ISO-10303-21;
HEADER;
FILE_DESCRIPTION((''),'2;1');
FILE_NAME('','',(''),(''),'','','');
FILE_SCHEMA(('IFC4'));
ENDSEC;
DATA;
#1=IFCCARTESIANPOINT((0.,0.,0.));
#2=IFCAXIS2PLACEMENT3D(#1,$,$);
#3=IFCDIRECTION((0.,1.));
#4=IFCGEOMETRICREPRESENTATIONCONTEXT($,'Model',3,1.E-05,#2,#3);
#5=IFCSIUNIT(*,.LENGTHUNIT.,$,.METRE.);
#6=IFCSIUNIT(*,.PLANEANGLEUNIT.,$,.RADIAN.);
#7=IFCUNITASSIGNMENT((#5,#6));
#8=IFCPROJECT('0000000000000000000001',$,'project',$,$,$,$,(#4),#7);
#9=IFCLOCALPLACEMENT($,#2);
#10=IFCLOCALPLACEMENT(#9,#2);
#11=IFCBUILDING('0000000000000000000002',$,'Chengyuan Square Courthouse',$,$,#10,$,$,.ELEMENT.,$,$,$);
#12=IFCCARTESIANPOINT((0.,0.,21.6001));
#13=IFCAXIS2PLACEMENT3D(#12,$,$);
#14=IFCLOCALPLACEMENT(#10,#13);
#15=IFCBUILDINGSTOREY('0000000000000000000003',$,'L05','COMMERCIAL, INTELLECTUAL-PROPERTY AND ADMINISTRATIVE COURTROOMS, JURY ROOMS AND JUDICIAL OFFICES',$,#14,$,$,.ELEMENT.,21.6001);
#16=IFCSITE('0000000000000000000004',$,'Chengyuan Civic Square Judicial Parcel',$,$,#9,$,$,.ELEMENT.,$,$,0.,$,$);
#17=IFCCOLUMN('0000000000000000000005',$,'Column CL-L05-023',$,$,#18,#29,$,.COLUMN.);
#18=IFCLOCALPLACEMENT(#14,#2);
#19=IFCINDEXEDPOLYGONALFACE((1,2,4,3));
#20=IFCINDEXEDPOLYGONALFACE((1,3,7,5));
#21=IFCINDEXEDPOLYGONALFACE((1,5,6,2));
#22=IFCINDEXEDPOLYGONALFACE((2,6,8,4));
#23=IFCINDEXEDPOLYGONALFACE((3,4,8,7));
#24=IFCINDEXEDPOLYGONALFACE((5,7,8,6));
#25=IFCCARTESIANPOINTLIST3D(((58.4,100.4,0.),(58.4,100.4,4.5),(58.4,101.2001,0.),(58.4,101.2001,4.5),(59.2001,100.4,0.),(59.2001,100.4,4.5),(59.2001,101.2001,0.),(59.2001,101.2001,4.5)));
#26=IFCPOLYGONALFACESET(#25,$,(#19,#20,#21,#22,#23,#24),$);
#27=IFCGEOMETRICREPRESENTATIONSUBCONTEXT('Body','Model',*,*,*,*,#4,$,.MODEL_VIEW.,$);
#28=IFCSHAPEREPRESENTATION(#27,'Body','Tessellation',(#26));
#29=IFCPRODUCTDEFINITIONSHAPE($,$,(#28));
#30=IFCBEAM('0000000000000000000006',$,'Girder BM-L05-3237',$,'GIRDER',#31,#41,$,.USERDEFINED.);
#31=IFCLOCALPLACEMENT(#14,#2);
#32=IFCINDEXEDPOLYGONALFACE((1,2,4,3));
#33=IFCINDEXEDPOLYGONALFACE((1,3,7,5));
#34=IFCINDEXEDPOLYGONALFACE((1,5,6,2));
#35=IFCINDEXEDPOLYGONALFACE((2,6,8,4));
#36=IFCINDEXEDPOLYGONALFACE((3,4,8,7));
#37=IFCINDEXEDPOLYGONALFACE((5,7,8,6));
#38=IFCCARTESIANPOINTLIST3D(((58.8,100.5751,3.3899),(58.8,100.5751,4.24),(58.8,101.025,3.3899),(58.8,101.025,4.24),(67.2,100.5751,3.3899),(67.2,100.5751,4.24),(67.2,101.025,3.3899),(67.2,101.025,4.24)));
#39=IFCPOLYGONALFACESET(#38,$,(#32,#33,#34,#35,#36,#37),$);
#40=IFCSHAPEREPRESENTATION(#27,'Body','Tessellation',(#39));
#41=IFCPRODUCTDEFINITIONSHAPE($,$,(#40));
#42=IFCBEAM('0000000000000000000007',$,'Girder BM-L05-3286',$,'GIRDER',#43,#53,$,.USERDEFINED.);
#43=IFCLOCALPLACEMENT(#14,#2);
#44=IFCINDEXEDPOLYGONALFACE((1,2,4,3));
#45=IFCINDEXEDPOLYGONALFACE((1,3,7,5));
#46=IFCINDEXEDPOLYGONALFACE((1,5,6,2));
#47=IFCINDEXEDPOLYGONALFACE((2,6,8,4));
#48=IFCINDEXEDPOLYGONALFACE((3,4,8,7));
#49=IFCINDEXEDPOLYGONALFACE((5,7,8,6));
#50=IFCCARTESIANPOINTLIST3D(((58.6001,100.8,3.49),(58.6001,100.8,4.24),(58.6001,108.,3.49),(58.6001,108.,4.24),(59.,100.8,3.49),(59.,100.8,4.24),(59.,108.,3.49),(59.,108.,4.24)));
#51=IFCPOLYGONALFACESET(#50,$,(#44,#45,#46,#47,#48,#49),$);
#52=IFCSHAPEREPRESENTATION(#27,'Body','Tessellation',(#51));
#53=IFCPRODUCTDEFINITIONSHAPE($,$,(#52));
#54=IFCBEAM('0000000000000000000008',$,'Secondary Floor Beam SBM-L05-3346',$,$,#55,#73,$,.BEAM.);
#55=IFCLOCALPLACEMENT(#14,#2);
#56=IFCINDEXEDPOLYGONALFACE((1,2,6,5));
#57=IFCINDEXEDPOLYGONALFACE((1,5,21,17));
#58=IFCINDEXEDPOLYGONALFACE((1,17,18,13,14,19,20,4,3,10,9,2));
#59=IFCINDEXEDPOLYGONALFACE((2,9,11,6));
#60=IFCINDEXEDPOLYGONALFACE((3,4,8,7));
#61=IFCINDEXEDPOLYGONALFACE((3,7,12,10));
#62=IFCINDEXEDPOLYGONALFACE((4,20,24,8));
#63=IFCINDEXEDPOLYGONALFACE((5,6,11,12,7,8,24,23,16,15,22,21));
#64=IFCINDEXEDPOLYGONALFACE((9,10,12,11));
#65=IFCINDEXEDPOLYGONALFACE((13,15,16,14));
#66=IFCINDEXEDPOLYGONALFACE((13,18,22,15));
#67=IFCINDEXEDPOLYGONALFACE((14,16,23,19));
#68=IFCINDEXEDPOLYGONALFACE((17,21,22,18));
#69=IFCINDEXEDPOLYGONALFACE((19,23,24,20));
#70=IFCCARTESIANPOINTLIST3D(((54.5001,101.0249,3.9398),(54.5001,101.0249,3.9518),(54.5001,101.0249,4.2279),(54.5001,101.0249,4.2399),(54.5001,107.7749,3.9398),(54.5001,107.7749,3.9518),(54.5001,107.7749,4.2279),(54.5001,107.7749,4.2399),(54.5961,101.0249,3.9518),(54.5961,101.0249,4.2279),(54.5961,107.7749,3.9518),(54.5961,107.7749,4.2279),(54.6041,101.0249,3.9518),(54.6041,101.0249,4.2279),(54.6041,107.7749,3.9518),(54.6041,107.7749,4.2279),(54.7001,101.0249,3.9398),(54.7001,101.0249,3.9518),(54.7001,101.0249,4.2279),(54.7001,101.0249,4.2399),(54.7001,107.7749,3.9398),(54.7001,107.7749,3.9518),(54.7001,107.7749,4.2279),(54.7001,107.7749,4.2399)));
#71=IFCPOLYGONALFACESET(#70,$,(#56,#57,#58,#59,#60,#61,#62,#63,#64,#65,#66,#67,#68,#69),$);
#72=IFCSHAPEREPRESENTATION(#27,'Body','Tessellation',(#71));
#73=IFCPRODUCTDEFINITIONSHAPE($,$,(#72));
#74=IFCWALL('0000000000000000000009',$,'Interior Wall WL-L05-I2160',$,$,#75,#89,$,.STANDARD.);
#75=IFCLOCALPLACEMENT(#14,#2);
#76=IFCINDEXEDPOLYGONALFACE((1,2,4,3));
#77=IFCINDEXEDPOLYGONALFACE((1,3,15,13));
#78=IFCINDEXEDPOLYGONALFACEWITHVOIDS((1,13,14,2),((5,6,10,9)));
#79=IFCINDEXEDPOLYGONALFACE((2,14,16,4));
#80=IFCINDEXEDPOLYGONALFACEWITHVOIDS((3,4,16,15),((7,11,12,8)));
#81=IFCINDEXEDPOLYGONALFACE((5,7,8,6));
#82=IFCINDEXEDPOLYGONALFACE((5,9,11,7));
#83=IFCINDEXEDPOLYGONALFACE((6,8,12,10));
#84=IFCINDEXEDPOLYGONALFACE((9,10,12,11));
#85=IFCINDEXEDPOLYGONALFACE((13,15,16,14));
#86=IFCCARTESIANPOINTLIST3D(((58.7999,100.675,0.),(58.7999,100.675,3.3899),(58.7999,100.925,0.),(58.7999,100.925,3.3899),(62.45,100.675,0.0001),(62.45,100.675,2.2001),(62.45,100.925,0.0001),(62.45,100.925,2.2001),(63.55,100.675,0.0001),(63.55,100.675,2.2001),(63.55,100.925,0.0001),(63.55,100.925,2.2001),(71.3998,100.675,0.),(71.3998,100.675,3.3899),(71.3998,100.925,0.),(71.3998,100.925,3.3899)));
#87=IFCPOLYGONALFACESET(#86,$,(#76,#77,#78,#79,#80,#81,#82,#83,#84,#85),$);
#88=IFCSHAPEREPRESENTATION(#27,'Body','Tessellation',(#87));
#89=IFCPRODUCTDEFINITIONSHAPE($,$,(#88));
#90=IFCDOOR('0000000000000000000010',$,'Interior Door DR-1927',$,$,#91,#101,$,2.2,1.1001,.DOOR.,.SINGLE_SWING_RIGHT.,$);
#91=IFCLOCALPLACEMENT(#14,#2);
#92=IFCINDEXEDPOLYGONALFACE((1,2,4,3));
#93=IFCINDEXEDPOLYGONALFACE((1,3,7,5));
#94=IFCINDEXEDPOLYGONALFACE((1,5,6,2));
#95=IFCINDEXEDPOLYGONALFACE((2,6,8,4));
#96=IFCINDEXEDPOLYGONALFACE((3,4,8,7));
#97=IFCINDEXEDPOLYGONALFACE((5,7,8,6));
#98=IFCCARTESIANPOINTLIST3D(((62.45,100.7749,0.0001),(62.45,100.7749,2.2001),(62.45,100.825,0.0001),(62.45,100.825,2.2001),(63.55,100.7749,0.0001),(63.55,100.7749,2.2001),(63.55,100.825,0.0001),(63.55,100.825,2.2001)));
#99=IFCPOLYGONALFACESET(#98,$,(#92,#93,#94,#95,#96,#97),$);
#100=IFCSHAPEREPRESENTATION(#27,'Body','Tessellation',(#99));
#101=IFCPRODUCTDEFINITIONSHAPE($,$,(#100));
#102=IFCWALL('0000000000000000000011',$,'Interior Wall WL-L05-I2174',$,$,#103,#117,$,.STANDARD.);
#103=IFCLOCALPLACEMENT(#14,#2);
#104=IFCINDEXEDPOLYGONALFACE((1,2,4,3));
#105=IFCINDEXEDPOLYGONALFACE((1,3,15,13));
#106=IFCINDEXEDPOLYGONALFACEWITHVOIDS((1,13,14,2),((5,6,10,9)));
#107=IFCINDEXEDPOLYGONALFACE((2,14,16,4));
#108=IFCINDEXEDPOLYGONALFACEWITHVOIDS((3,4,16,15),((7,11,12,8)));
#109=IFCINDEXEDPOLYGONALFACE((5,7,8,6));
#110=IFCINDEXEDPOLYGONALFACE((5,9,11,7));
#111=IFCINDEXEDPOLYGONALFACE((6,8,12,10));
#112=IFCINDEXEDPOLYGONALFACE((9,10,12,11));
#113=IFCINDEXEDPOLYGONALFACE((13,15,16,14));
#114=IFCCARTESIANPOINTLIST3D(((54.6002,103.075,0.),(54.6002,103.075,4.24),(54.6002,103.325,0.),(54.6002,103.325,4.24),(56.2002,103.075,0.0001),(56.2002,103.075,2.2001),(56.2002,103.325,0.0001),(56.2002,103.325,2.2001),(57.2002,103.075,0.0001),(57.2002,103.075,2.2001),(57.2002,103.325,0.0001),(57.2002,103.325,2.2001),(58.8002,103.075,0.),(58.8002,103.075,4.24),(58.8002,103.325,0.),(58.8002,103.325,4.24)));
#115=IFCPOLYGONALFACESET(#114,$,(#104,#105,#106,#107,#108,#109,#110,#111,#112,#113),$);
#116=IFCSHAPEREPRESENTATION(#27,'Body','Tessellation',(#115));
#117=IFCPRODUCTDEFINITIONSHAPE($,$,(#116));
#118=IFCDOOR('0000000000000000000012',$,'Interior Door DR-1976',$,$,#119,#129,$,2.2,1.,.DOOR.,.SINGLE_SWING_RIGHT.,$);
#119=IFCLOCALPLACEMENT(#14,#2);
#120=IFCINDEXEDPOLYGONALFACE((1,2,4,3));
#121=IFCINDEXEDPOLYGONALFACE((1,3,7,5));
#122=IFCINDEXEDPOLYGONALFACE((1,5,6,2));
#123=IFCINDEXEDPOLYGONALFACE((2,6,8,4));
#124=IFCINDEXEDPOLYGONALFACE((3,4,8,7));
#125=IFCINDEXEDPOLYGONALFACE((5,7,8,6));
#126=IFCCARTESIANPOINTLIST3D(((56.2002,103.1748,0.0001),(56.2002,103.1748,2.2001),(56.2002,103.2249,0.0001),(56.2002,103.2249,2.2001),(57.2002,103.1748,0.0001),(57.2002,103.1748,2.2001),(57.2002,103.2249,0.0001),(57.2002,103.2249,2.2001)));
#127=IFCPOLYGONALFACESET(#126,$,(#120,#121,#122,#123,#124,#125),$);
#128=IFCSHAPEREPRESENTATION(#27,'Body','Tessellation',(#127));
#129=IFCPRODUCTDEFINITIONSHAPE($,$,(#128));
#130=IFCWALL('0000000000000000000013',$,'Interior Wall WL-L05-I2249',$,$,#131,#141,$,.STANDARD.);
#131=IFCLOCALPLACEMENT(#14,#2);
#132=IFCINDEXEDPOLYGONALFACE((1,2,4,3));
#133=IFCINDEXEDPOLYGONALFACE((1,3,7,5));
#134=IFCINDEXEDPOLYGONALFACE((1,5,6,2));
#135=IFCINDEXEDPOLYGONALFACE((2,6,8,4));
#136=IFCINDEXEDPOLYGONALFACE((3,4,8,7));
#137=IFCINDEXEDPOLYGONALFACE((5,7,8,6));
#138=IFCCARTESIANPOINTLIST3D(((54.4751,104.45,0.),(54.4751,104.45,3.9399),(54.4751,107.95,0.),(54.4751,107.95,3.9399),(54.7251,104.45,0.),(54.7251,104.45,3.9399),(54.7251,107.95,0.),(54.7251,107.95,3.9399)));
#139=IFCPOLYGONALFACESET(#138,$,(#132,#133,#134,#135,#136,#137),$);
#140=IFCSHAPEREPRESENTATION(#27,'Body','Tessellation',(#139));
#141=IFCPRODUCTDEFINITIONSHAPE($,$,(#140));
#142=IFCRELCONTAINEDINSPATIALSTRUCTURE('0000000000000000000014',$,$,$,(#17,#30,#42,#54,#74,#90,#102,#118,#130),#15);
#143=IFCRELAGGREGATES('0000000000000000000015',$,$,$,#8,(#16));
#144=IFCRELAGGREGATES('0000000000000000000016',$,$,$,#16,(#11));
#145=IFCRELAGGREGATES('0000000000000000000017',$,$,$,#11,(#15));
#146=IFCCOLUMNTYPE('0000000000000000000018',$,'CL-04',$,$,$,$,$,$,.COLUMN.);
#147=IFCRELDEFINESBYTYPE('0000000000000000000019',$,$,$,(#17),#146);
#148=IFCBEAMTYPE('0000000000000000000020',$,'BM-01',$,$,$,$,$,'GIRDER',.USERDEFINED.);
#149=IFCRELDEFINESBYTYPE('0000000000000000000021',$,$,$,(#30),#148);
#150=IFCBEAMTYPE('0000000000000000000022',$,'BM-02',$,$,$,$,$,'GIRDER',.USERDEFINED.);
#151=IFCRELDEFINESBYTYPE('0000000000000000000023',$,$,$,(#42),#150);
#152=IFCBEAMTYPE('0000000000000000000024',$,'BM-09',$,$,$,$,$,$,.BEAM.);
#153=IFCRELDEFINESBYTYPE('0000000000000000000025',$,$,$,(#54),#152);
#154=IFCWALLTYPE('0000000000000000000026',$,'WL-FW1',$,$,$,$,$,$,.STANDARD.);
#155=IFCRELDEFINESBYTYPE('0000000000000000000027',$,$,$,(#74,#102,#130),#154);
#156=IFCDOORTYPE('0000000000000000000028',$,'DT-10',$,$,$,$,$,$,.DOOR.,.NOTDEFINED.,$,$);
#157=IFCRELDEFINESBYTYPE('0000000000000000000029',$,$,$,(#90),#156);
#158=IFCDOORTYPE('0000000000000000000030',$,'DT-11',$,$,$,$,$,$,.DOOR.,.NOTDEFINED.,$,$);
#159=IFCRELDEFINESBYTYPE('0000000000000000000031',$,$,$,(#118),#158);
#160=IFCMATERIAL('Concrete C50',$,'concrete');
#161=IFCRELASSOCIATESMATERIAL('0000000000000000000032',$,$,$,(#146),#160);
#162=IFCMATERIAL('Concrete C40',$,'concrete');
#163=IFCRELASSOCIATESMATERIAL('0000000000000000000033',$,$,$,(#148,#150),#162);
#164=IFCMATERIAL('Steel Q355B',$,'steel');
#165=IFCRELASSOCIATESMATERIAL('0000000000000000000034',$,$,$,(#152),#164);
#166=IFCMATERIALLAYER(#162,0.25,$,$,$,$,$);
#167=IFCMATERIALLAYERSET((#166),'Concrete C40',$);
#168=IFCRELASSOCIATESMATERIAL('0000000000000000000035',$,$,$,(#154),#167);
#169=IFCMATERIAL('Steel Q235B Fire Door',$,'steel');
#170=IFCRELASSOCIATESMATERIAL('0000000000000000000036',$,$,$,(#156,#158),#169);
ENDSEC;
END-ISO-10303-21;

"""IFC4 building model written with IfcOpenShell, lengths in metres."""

from ifc_helpers import new_model, si_unit, direction, frame, frame_2d, origin, origin_2d, place, context, subcontext, project, spatial, rectangle, i_section, extrude, material, layer, layer_set, material_profile, profile_set, type_object, element, fill, save


model = new_model("IFC4")

# Units and contexts
model_context = context("Model", 3, precision=1e-05, world=origin(), true_north=direction((0.0, 1.0)))
body_context = subcontext(model_context, "Body", "Model", "MODEL_VIEW")
ifc_project = project(units=[si_unit("LENGTHUNIT", "METRE"), si_unit("PLANEANGLEUNIT", "RADIAN")], contexts=[model_context])

# Site, building, storey
site_placement = place(None, origin())
site = spatial("IfcSite", under=ifc_project, at=site_placement, Name="Chengyuan Civic Square Judicial Parcel", CompositionType="ELEMENT", RefElevation=0.0)
building_placement = place(site_placement, origin())
building = spatial("IfcBuilding", under=site, at=building_placement, Name="Chengyuan Square Courthouse", CompositionType="ELEMENT")
storey_placement = place(building_placement, frame((0.0, 0.0, 21.6001)))
storey = spatial("IfcBuildingStorey", under=building, at=storey_placement, Name="L05", Description="COMMERCIAL, INTELLECTUAL-PROPERTY AND ADMINISTRATIVE COURTROOMS, JURY ROOMS AND JUDICIAL OFFICES", CompositionType="ELEMENT", Elevation=21.6001)

# Column
ifc_material_1 = material(Name="Concrete C50", Category="concrete")
ifc_material_profile_1 = material_profile(ifc_material_1, rectangle(XDim=0.8, YDim=0.8, at=origin_2d()), Name="RC-COL-800x800")
ifc_profile_set_1 = profile_set([ifc_material_profile_1], Name="Concrete C50")
column_type = type_object("IfcColumnType", Name="CL-04", PredefinedType="COLUMN", material=ifc_profile_set_1)
column_placement = place(storey_placement, frame((58.8, 100.8, 0.0), z_axis=(0.0, 0.0, 1.0), x_axis=(1.0, 0.0, 0.0)))
element("IfcColumn", 1, at=column_placement, inside=storey, type_object=column_type, Name="Column CL-L05-023", PredefinedType="COLUMN", context=body_context, shape_type="SweptSolid", body=[
    extrude(rectangle(XDim=0.8, YDim=0.8, at=origin_2d()), origin(), (0.0, 0.0, 1.0), 4.5),
])

# Beams
ifc_material_2 = material(Name="Concrete C40", Category="concrete")
ifc_material_profile_2 = material_profile(ifc_material_2, rectangle(XDim=0.45, YDim=0.8501, at=origin_2d()), Name="RC-BM-450x850")
ifc_profile_set_2 = profile_set([ifc_material_profile_2], Name="Concrete C40")
beam_type_1 = type_object("IfcBeamType", Name="BM-01", ElementType="GIRDER", PredefinedType="USERDEFINED", material=ifc_profile_set_2)
beam_1_placement = place(storey_placement, frame((58.8, 100.8, 3.8149), z_axis=(1.0, 0.0, 0.0), x_axis=(0.0, 1.0, 0.0)))
element("IfcBeam", 2, at=beam_1_placement, inside=storey, type_object=beam_type_1, Name="Girder BM-L05-3237", ObjectType="GIRDER", PredefinedType="USERDEFINED", context=body_context, shape_type="SweptSolid", body=[
    extrude(rectangle(XDim=0.45, YDim=0.8501, at=origin_2d()), origin(), (0.0, 0.0, 1.0), 8.3999),
])
ifc_material_profile_3 = material_profile(ifc_material_2, rectangle(XDim=0.3999, YDim=0.75, at=origin_2d()), Name="RC-BM-400x750")
ifc_profile_set_3 = profile_set([ifc_material_profile_3], Name="Concrete C40")
beam_type_2 = type_object("IfcBeamType", Name="BM-02", ElementType="GIRDER", PredefinedType="USERDEFINED", material=ifc_profile_set_3)
beam_2_placement = place(storey_placement, frame((58.8, 100.8, 3.865), z_axis=(0.0, 1.0, 0.0), x_axis=(-1.0, 0.0, 0.0)))
element("IfcBeam", 3, at=beam_2_placement, inside=storey, type_object=beam_type_2, Name="Girder BM-L05-3286", ObjectType="GIRDER", PredefinedType="USERDEFINED", context=body_context, shape_type="SweptSolid", body=[
    extrude(rectangle(XDim=0.3999, YDim=0.75, at=origin_2d()), origin(), (0.0, 0.0, 1.0), 7.2),
])
ifc_material_3 = material(Name="Steel Q355B", Category="steel")
ifc_material_profile_4 = material_profile(ifc_material_3, i_section(OverallWidth=0.2, OverallDepth=0.3, WebThickness=0.0081, FlangeThickness=0.012, at=origin_2d()), Name="HM 300x200x8x12")
ifc_profile_set_4 = profile_set([ifc_material_profile_4], Name="Steel Q355B")
beam_type_3 = type_object("IfcBeamType", Name="BM-09", PredefinedType="BEAM", material=ifc_profile_set_4)
beam_3_placement = place(storey_placement, frame((54.6001, 101.0249, 4.0898), z_axis=(0.0, 1.0, 0.0), x_axis=(-1.0, 0.0, 0.0)))
element("IfcBeam", 4, at=beam_3_placement, inside=storey, type_object=beam_type_3, Name="Secondary Floor Beam SBM-L05-3346", PredefinedType="BEAM", context=body_context, shape_type="SweptSolid", body=[
    extrude(i_section(OverallWidth=0.2, OverallDepth=0.3, WebThickness=0.0081, FlangeThickness=0.012, at=origin_2d()), origin(), (0.0, 0.0, 1.0), 6.75),
])

# Walls, openings, doors
ifc_layer_1 = layer(ifc_material_2, 0.25)
ifc_layer_set_1 = layer_set([ifc_layer_1], Name="Concrete C40")
wall_type_1 = type_object("IfcWallType", Name="WL-FW1", PredefinedType="STANDARD", material=ifc_layer_set_1)
wall_1_placement = place(storey_placement, frame((58.8, 100.8, 0.0), z_axis=(0.0, 0.0, 1.0), x_axis=(1.0, 0.0, 0.0)))
wall_1 = element("IfcWall", 5, at=wall_1_placement, inside=storey, type_object=wall_type_1, Name="Interior Wall WL-L05-I2160", PredefinedType="STANDARD", context=body_context, shape_type="SweptSolid", body=[
    extrude(rectangle(XDim=12.5999, YDim=0.25, at=frame_2d((6.2998, 0.0))), origin(), (0.0, 0.0, 1.0), 3.3899),
])
opening_1_placement = place(wall_1_placement, frame((3.6499, 0.0, 0.0)))
opening_1 = element("IfcOpeningElement", 6, at=opening_1_placement, cuts=wall_1, PredefinedType="OPENING", context=body_context, shape_type="SweptSolid", body=[
    extrude(rectangle(XDim=1.1001, YDim=2.2, at=frame_2d((0.55, 1.1001))), frame((0.0, 0.137, 0.0), z_axis=(0.0, -1.0, 0.0), x_axis=(1.0, 0.0, 0.0)), (0.0, 0.0, 1.0), 0.2739),
])
ifc_material_4 = material(Name="Steel Q235B Fire Door", Category="steel")
door_type_1 = type_object("IfcDoorType", Name="DT-10", OperationType="NOTDEFINED", PredefinedType="DOOR", material=ifc_material_4)
door_1_placement = place(opening_1_placement, origin())
door_1 = element("IfcDoor", 7, at=door_1_placement, inside=storey, type_object=door_type_1, Name="Interior Door DR-1927", OperationType="SINGLE_SWING_RIGHT", OverallHeight=2.2, OverallWidth=1.1001, PredefinedType="DOOR", context=body_context, shape_type="SweptSolid", body=[
    extrude(rectangle(XDim=1.1001, YDim=2.2, at=frame_2d((0.55, 1.1001))), frame((0.0, 0.0249, 0.0), z_axis=(0.0, -1.0, 0.0), x_axis=(1.0, 0.0, 0.0)), (0.0, 0.0, 1.0), 0.05),
])
fill(opening_1, door_1)
wall_2_placement = place(storey_placement, frame((54.6001, 103.2, 0.0), z_axis=(0.0, 0.0, 1.0), x_axis=(1.0, 0.0, 0.0)))
wall_2 = element("IfcWall", 8, at=wall_2_placement, inside=storey, type_object=wall_type_1, Name="Interior Wall WL-L05-I2174", PredefinedType="STANDARD", context=body_context, shape_type="SweptSolid", body=[
    extrude(rectangle(XDim=4.2, YDim=0.25, at=frame_2d((2.1001, 0.0))), origin(), (0.0, 0.0, 1.0), 4.24),
])
opening_2_placement = place(wall_2_placement, frame((1.6001, 0.0, 0.0)))
opening_2 = element("IfcOpeningElement", 9, at=opening_2_placement, cuts=wall_2, PredefinedType="OPENING", context=body_context, shape_type="SweptSolid", body=[
    extrude(rectangle(XDim=1.0, YDim=2.2, at=frame_2d((0.5, 1.1001))), frame((0.0, 0.137, 0.0), z_axis=(0.0, -1.0, 0.0), x_axis=(1.0, 0.0, 0.0)), (0.0, 0.0, 1.0), 0.2739),
])
door_type_2 = type_object("IfcDoorType", Name="DT-11", OperationType="NOTDEFINED", PredefinedType="DOOR", material=ifc_material_4)
door_2_placement = place(opening_2_placement, origin())
door_2 = element("IfcDoor", 10, at=door_2_placement, inside=storey, type_object=door_type_2, Name="Interior Door DR-1976", OperationType="SINGLE_SWING_RIGHT", OverallHeight=2.2, OverallWidth=1.0, PredefinedType="DOOR", context=body_context, shape_type="SweptSolid", body=[
    extrude(rectangle(XDim=1.0, YDim=2.2, at=frame_2d((0.5, 1.1001))), frame((0.0, 0.0249, 0.0), z_axis=(0.0, -1.0, 0.0), x_axis=(1.0, 0.0, 0.0)), (0.0, 0.0, 1.0), 0.05),
])
fill(opening_2, door_2)

# Wall
wall_3_placement = place(storey_placement, frame((54.6001, 104.45, 0.0), z_axis=(0.0, 0.0, 1.0), x_axis=(0.0, 1.0, 0.0)))
element("IfcWall", 11, at=wall_3_placement, inside=storey, type_object=wall_type_1, Name="Interior Wall WL-L05-I2249", PredefinedType="STANDARD", context=body_context, shape_type="SweptSolid", body=[
    extrude(rectangle(XDim=3.5, YDim=0.25, at=frame_2d((1.75, 0.0))), origin(), (0.0, 0.0, 1.0), 3.9399),
])

save(model, "model.ifc")
